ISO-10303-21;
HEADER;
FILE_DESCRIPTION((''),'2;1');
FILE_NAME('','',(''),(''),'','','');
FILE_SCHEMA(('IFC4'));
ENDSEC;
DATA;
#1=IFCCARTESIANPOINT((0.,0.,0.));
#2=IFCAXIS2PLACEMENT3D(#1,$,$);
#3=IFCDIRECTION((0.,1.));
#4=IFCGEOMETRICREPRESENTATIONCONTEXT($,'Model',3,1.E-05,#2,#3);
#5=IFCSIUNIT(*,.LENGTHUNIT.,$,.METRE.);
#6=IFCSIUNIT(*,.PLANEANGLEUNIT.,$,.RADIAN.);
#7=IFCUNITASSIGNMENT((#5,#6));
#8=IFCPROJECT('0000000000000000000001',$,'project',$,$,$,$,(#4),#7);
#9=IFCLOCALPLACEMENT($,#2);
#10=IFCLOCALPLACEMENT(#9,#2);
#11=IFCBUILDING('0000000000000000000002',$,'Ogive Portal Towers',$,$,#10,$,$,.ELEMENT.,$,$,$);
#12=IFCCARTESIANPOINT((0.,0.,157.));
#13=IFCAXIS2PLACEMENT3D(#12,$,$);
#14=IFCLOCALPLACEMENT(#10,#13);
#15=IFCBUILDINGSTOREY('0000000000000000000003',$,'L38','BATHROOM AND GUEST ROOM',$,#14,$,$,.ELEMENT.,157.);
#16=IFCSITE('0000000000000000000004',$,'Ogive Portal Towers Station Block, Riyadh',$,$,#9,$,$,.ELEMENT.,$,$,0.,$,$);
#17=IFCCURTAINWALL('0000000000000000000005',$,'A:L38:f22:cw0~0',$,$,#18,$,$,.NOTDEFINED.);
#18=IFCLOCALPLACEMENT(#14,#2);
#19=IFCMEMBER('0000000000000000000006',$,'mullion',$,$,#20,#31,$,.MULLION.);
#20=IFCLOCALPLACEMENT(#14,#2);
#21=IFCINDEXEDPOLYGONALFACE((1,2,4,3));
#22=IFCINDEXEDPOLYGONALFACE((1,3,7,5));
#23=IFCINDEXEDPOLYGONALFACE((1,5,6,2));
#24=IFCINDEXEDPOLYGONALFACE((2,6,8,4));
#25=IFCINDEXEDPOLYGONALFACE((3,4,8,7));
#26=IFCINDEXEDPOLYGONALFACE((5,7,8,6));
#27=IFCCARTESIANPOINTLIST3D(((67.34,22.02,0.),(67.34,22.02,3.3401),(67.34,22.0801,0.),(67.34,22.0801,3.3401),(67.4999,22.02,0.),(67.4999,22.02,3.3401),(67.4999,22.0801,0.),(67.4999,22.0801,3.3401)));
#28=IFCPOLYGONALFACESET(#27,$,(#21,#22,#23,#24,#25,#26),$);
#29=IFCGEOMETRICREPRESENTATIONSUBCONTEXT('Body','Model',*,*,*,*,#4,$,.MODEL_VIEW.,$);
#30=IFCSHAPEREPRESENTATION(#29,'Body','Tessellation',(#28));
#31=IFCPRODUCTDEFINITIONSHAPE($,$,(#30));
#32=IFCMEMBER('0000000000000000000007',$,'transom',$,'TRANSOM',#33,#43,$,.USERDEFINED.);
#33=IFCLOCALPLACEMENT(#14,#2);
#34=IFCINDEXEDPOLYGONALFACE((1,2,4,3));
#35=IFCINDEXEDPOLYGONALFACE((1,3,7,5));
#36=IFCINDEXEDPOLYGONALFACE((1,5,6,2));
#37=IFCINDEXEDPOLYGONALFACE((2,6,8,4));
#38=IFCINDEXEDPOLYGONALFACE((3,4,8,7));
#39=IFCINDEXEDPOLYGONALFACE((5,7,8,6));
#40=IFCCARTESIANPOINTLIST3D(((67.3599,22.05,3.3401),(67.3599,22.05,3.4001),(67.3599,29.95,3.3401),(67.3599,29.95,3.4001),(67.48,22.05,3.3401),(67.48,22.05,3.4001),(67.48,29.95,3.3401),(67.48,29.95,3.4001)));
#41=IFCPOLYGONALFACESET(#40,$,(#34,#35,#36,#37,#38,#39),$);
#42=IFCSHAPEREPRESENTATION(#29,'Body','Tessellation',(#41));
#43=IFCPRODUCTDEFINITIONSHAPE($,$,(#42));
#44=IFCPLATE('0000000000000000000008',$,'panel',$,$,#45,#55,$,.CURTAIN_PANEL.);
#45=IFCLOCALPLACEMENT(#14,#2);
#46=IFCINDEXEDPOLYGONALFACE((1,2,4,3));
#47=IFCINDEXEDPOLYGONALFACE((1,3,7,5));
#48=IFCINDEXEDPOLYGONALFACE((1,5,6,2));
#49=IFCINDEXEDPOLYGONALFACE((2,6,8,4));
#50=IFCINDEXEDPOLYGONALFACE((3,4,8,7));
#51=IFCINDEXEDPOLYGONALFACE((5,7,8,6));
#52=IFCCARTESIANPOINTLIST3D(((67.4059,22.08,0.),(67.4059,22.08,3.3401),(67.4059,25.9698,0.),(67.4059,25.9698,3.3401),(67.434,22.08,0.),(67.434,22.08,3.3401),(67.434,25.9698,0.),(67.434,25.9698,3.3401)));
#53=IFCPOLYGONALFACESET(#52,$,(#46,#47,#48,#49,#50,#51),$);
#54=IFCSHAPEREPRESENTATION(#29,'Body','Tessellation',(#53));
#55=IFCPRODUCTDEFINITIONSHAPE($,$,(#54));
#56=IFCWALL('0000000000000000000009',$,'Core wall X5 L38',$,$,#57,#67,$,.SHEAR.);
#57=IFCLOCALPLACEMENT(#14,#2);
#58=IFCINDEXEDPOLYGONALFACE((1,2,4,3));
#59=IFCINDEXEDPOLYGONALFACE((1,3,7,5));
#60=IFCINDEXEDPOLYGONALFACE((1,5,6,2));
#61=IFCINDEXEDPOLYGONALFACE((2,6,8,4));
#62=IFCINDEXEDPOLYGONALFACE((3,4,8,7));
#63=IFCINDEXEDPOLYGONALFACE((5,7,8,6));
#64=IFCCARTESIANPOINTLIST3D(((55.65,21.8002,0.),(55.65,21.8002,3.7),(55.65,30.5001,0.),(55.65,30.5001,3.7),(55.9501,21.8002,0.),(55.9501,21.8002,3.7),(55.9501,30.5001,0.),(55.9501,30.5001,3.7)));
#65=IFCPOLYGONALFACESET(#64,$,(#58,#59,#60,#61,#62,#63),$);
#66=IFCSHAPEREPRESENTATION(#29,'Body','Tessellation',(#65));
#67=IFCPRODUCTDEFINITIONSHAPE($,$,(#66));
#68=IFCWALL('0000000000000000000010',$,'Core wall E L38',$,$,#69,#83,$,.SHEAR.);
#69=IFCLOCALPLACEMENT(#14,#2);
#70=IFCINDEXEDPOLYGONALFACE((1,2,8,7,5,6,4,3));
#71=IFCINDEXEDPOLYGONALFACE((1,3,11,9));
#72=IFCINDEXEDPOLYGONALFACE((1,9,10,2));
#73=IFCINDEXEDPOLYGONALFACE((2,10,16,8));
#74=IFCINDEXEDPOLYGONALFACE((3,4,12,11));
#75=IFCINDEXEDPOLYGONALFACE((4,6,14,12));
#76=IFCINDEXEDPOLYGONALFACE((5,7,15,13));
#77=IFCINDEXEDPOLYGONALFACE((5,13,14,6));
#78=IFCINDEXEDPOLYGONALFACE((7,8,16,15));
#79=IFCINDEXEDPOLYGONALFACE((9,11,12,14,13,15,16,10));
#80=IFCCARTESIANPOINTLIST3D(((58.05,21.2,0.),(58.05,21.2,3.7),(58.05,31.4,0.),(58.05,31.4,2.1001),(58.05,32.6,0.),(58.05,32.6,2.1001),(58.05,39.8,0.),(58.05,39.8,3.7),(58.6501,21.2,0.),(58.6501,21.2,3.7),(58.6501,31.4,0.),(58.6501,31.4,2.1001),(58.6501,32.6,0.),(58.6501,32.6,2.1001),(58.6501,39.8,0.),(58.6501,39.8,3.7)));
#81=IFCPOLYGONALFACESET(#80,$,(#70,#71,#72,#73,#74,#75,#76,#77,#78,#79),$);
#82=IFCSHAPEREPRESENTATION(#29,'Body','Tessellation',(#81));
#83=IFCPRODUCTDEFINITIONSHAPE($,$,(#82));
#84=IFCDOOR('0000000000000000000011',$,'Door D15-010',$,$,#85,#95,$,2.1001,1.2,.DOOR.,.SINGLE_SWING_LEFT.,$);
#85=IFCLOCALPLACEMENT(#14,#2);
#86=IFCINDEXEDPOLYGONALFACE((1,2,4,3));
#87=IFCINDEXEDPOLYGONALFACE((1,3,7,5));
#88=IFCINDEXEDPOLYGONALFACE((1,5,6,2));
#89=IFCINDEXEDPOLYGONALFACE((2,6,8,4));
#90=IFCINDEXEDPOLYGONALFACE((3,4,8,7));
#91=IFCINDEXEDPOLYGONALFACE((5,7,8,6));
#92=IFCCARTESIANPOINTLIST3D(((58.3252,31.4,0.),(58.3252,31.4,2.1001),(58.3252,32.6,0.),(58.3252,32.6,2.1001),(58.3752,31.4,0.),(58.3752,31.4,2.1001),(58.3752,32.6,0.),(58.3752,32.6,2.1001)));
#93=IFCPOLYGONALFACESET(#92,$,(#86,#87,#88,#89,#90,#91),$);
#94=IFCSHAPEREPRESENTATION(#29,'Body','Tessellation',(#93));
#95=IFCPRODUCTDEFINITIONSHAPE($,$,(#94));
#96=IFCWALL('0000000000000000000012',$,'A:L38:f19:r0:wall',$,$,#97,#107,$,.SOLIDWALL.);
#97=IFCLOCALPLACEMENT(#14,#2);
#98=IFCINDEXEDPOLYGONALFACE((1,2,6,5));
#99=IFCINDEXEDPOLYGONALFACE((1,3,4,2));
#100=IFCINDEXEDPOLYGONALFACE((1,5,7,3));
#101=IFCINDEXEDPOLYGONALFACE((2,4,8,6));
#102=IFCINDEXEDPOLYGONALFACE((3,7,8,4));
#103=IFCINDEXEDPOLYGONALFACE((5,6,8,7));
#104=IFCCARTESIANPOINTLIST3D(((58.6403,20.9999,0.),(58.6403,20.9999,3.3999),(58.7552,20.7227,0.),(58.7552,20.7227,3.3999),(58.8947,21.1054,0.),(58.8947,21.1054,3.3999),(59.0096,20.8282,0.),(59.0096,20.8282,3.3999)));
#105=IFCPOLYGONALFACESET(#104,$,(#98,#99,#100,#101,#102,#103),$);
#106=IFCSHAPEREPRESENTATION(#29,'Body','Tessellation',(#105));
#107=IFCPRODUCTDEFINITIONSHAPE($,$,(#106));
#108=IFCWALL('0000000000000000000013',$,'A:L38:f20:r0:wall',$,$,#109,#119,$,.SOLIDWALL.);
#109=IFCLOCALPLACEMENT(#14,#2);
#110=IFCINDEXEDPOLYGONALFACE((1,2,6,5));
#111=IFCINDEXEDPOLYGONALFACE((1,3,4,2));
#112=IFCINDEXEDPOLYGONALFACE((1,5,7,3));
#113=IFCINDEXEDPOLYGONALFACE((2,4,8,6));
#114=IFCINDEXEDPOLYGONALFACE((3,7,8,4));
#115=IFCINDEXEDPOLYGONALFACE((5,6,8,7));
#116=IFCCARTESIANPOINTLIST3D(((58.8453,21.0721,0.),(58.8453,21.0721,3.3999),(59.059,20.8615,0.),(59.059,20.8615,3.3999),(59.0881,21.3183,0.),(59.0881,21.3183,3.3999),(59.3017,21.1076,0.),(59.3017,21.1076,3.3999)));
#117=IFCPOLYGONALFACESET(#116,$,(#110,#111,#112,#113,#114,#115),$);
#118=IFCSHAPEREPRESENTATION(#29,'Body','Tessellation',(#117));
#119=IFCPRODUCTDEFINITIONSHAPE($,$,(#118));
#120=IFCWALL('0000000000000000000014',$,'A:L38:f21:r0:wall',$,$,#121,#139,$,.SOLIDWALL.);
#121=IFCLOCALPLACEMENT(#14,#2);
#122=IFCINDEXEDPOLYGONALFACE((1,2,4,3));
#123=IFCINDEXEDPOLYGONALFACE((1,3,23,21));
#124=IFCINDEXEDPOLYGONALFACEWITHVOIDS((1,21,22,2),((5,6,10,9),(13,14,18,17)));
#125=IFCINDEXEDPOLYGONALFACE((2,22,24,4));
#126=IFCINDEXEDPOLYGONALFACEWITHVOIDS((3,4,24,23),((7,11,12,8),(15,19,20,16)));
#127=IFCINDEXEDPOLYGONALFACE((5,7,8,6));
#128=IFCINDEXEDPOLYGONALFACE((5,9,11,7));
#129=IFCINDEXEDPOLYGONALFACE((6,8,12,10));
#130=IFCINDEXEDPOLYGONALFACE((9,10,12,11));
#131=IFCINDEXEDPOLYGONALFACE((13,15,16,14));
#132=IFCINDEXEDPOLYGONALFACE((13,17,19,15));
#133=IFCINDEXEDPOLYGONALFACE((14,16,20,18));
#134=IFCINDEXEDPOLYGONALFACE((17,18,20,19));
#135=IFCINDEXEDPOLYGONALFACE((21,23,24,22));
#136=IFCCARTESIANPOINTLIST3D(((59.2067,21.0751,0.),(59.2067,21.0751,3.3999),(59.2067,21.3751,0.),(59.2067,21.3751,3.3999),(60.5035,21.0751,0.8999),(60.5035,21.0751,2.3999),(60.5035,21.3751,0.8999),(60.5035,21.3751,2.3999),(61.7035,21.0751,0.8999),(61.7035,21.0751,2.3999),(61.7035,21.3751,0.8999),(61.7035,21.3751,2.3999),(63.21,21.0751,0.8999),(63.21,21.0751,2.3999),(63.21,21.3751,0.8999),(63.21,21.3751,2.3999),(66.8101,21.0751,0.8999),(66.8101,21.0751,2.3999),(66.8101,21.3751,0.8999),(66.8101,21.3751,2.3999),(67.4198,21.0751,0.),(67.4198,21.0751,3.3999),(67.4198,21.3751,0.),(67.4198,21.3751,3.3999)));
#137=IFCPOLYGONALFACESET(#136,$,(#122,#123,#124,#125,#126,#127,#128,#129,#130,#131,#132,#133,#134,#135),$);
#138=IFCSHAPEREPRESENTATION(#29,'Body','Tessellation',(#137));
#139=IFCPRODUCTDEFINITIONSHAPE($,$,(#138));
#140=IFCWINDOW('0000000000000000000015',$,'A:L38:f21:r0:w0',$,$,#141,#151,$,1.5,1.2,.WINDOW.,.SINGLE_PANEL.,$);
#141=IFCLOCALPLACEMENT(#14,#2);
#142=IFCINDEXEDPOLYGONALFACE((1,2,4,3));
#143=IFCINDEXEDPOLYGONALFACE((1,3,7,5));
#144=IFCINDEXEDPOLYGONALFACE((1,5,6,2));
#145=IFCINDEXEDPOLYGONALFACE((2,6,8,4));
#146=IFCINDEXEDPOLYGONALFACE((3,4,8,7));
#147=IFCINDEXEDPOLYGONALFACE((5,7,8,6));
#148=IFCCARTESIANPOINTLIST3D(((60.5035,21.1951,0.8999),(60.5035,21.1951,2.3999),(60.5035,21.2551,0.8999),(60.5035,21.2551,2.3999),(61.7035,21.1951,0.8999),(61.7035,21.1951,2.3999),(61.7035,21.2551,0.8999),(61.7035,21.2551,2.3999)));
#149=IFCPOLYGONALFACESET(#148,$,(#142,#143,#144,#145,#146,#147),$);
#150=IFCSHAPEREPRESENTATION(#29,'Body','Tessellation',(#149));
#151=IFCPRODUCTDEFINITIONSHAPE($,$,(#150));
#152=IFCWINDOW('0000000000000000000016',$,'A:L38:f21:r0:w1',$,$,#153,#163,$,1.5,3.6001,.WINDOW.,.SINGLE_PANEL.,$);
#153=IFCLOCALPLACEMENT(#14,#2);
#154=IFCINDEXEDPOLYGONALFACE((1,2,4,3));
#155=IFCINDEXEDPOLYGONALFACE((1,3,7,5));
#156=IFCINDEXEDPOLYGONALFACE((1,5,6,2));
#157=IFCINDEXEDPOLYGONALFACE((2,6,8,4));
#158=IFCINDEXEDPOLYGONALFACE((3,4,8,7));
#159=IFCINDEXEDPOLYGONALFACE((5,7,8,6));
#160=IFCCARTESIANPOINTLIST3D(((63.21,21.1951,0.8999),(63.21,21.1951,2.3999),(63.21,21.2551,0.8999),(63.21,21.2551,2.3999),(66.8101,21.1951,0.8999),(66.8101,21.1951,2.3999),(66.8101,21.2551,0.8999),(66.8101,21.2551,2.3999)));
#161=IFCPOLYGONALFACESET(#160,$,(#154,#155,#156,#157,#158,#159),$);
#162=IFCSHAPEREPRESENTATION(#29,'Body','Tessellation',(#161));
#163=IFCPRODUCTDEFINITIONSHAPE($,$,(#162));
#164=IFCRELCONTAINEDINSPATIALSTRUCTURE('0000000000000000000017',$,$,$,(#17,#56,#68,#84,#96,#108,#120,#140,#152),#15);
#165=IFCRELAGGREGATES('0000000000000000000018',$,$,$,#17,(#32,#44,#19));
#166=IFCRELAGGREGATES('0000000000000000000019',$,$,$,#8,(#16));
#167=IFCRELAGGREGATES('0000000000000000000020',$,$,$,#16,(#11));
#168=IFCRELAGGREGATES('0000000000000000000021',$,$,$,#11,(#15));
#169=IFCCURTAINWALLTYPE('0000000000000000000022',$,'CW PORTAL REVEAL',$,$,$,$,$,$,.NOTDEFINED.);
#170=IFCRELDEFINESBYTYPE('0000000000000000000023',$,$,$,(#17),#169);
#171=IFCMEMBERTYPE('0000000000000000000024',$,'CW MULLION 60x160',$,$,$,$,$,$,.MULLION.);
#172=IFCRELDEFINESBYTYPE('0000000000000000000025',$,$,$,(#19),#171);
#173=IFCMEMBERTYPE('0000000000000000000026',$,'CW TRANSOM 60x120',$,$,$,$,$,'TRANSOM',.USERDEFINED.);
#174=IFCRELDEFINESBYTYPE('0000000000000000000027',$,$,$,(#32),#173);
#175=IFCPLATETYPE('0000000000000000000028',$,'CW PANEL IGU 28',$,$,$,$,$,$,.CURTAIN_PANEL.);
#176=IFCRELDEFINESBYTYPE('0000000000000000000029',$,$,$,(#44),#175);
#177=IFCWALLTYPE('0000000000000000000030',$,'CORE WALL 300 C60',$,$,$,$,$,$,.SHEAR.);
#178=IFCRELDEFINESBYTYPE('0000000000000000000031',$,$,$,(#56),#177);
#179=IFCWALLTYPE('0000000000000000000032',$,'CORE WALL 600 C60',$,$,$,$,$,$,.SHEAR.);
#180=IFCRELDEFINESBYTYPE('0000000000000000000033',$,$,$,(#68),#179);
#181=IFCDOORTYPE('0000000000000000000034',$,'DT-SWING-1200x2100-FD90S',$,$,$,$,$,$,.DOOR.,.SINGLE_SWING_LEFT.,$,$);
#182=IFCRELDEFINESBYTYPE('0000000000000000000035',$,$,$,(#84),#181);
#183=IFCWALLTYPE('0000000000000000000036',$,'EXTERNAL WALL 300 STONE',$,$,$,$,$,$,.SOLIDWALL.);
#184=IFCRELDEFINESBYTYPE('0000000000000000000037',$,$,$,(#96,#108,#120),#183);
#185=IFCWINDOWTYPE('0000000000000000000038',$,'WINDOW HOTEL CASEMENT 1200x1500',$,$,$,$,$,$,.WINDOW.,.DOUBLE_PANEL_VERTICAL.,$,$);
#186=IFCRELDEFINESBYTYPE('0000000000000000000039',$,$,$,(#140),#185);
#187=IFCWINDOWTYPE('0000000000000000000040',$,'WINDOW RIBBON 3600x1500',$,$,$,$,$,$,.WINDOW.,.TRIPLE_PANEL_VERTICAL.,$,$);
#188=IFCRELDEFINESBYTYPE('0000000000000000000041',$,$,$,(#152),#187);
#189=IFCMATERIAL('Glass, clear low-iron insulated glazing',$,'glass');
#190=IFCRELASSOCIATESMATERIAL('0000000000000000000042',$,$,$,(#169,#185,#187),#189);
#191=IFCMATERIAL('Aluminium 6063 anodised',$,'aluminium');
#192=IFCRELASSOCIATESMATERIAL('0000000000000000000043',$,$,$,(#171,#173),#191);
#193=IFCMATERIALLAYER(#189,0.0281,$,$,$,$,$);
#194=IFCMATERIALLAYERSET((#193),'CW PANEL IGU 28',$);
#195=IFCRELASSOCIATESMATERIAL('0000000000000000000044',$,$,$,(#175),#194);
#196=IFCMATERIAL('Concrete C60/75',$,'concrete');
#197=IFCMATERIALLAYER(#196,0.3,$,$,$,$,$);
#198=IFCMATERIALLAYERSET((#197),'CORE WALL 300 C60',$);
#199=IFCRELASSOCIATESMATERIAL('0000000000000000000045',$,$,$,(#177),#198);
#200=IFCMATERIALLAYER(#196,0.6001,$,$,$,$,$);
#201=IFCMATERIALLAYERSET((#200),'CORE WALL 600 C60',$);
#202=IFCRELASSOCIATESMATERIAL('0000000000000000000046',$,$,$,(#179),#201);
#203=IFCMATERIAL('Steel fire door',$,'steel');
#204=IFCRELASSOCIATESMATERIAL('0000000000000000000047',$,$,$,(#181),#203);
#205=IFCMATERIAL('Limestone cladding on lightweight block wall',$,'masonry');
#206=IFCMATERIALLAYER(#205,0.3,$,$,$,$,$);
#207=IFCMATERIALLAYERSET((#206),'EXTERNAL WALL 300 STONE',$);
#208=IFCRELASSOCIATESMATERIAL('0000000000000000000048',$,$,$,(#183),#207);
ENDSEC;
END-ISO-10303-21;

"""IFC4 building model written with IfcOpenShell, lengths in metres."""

from ifc_helpers import new_model, si_unit, direction, frame, frame_2d, origin, origin_2d, place, context, subcontext, project, spatial, rectangle, extrude, material, layer, layer_set, material_profile, profile_set, type_object, element, fill, aggregate, save


model = new_model("IFC4")

# Units and contexts
model_context = context("Model", 3, precision=1e-05, world=origin(), true_north=direction((0.0, 1.0)))
body_context = subcontext(model_context, "Body", "Model", "MODEL_VIEW")
ifc_project = project(units=[si_unit("LENGTHUNIT", "METRE"), si_unit("PLANEANGLEUNIT", "RADIAN")], contexts=[model_context])

# Site, building, storey
site_placement = place(None, origin())
site = spatial("IfcSite", under=ifc_project, at=site_placement, Name="Ogive Portal Towers Station Block, Riyadh", CompositionType="ELEMENT", RefElevation=0.0)
building_placement = place(site_placement, origin())
building = spatial("IfcBuilding", under=site, at=building_placement, Name="Ogive Portal Towers", CompositionType="ELEMENT")
storey_placement = place(building_placement, frame((0.0, 0.0, 157.0)))
storey = spatial("IfcBuildingStorey", under=building, at=storey_placement, Name="L38", Description="BATHROOM AND GUEST ROOM", CompositionType="ELEMENT", Elevation=157.0)

# Curtain wall, members, plate
ifc_material_1 = material(Name="Glass, clear low-iron insulated glazing", Category="glass")
curtain_wall_type = type_object("IfcCurtainWallType", Name="CW PORTAL REVEAL", PredefinedType="NOTDEFINED", material=ifc_material_1)
curtain_wall_placement = place(storey_placement, origin())
curtain_wall = element("IfcCurtainWall", 1, at=curtain_wall_placement, inside=storey, type_object=curtain_wall_type, Name="A:L38:f22:cw0~0", PredefinedType="NOTDEFINED")
ifc_material_2 = material(Name="Aluminium 6063 anodised", Category="aluminium")
ifc_material_profile_1 = material_profile(ifc_material_2, rectangle(XDim=0.1599, YDim=0.0601, at=origin_2d()), Name="AL 60x160")
ifc_profile_set_1 = profile_set([ifc_material_profile_1], Name="Aluminium 6063 anodised")
member_type_1 = type_object("IfcMemberType", Name="CW MULLION 60x160", PredefinedType="MULLION", material=ifc_profile_set_1)
member_1_placement = place(storey_placement, frame((67.4199, 22.05, 0.0), z_axis=(0.0, 0.0, 1.0), x_axis=(-1.0, 0.0, 0.0)))
member_1 = element("IfcMember", 2, at=member_1_placement, type_object=member_type_1, Name="mullion", PredefinedType="MULLION", context=body_context, shape_type="SweptSolid", body=[
    extrude(rectangle(XDim=0.1599, YDim=0.0601, at=origin_2d()), origin(), (0.0, 0.0, 1.0), 3.3401),
])
ifc_material_profile_2 = material_profile(ifc_material_2, rectangle(XDim=0.1201, YDim=0.0601, at=origin_2d()), Name="AL 120x60")
ifc_profile_set_2 = profile_set([ifc_material_profile_2], Name="Aluminium 6063 anodised")
member_type_2 = type_object("IfcMemberType", Name="CW TRANSOM 60x120", ElementType="TRANSOM", PredefinedType="USERDEFINED", material=ifc_profile_set_2)
member_2_placement = place(storey_placement, frame((67.4199, 22.05, 3.3701), z_axis=(0.0, 1.0, 0.0), x_axis=(-1.0, 0.0, 0.0)))
member_2 = element("IfcMember", 3, at=member_2_placement, type_object=member_type_2, Name="transom", ObjectType="TRANSOM", PredefinedType="USERDEFINED", context=body_context, shape_type="SweptSolid", body=[
    extrude(rectangle(XDim=0.1201, YDim=0.0601, at=origin_2d()), origin(), (0.0, 0.0, 1.0), 7.8999),
])
ifc_layer_1 = layer(ifc_material_1, 0.0281)
ifc_layer_set_1 = layer_set([ifc_layer_1], Name="CW PANEL IGU 28")
plate_type = type_object("IfcPlateType", Name="CW PANEL IGU 28", PredefinedType="CURTAIN_PANEL", material=ifc_layer_set_1)
plate_placement = place(storey_placement, frame((67.4199, 24.0249, 0.0), z_axis=(0.0, 0.0, 1.0), x_axis=(0.0, 1.0, 0.0)))
plate = element("IfcPlate", 4, at=plate_placement, type_object=plate_type, Name="panel", PredefinedType="CURTAIN_PANEL", context=body_context, shape_type="SweptSolid", body=[
    extrude(rectangle(XDim=3.8899, YDim=0.0281, at=origin_2d()), origin(), (0.0, 0.0, 1.0), 3.3401),
])
aggregate(curtain_wall, [member_2, plate, member_1])

# Wall
ifc_material_3 = material(Name="Concrete C60/75", Category="concrete")
ifc_layer_2 = layer(ifc_material_3, 0.3)
ifc_layer_set_2 = layer_set([ifc_layer_2], Name="CORE WALL 300 C60")
wall_type_1 = type_object("IfcWallType", Name="CORE WALL 300 C60", PredefinedType="SHEAR", material=ifc_layer_set_2)
wall_1_placement = place(storey_placement, frame((55.8, 21.8, 0.0), z_axis=(0.0, 0.0, 1.0), x_axis=(0.0, 1.0, 0.0)))
element("IfcWall", 5, at=wall_1_placement, inside=storey, type_object=wall_type_1, Name="Core wall X5 L38", PredefinedType="SHEAR", context=body_context, shape_type="SweptSolid", body=[
    extrude(rectangle(XDim=8.7, YDim=0.3, at=frame_2d((4.3501, 0.0))), origin(), (0.0, 0.0, 1.0), 3.7),
])

# Wall, opening, door
ifc_layer_3 = layer(ifc_material_3, 0.6001)
ifc_layer_set_3 = layer_set([ifc_layer_3], Name="CORE WALL 600 C60")
wall_type_2 = type_object("IfcWallType", Name="CORE WALL 600 C60", PredefinedType="SHEAR", material=ifc_layer_set_3)
wall_2_placement = place(storey_placement, frame((58.3501, 21.2, 0.0), z_axis=(0.0, 0.0, 1.0), x_axis=(0.0, 1.0, 0.0)))
wall_2 = element("IfcWall", 6, at=wall_2_placement, inside=storey, type_object=wall_type_2, Name="Core wall E L38", PredefinedType="SHEAR", context=body_context, shape_type="SweptSolid", body=[
    extrude(rectangle(XDim=18.6001, YDim=0.6001, at=frame_2d((9.3, 0.0))), origin(), (0.0, 0.0, 1.0), 3.7),
])
opening_1_placement = place(wall_2_placement, frame((10.2, 0.0, 0.0)))
opening_1 = element("IfcOpeningElement", 7, at=opening_1_placement, cuts=wall_2, PredefinedType="OPENING", context=body_context, shape_type="SweptSolid", body=[
    extrude(rectangle(XDim=1.2, YDim=2.1001, at=frame_2d((0.6001, 1.05))), frame((0.0, 0.3101, 0.0), z_axis=(0.0, -1.0, 0.0), x_axis=(1.0, 0.0, 0.0)), (0.0, 0.0, 1.0), 0.6201),
])
ifc_material_4 = material(Name="Steel fire door", Category="steel")
door_type_1 = type_object("IfcDoorType", Name="DT-SWING-1200x2100-FD90S", OperationType="SINGLE_SWING_LEFT", PredefinedType="DOOR", material=ifc_material_4)
door_1_placement = place(opening_1_placement, origin())
door_1 = element("IfcDoor", 8, at=door_1_placement, inside=storey, type_object=door_type_1, Name="Door D15-010", OperationType="SINGLE_SWING_LEFT", OverallHeight=2.1001, OverallWidth=1.2, PredefinedType="DOOR", context=body_context, shape_type="SweptSolid", body=[
    extrude(rectangle(XDim=1.2, YDim=2.1001, at=frame_2d((0.6001, 1.05))), frame((0.0, 0.0249, 0.0), z_axis=(0.0, -1.0, 0.0), x_axis=(1.0, 0.0, 0.0)), (0.0, 0.0, 1.0), 0.05),
])
fill(opening_1, door_1)

# Walls
ifc_material_5 = material(Name="Limestone cladding on lightweight block wall", Category="masonry")
ifc_layer_4 = layer(ifc_material_5, 0.3)
ifc_layer_set_4 = layer_set([ifc_layer_4], Name="EXTERNAL WALL 300 STONE")
wall_type_3 = type_object("IfcWallType", Name="EXTERNAL WALL 300 STONE", PredefinedType="SOLIDWALL", material=ifc_layer_set_4)
wall_3_placement = place(storey_placement, frame((58.6978, 20.8613, 0.0), z_axis=(0.0, 0.0, 1.0), x_axis=(0.923757, 0.382978, 0.0)))
element("IfcWall", 9, at=wall_3_placement, inside=storey, type_object=wall_type_3, Name="A:L38:f19:r0:wall", PredefinedType="SOLIDWALL", context=body_context, shape_type="SweptSolid", body=[
    extrude(rectangle(XDim=0.2754, YDim=0.3, at=frame_2d((0.1377, 0.0))), origin(), (0.0, 0.0, 1.0), 3.3999),
])
wall_4_placement = place(storey_placement, frame((58.9521, 20.9668, 0.0), z_axis=(0.0, 0.0, 1.0), x_axis=(0.702145, 0.712034, 0.0)))
element("IfcWall", 10, at=wall_4_placement, inside=storey, type_object=wall_type_3, Name="A:L38:f20:r0:wall", PredefinedType="SOLIDWALL", context=body_context, shape_type="SweptSolid", body=[
    extrude(rectangle(XDim=0.3457, YDim=0.3, at=frame_2d((0.1729, 0.0))), origin(), (0.0, 0.0, 1.0), 3.3999),
])

# Wall, openings, windows
wall_5_placement = place(storey_placement, frame((59.2068, 21.2251, 0.0), z_axis=(0.0, 0.0, 1.0), x_axis=(1.0, 0.0, 0.0)))
wall_5 = element("IfcWall", 11, at=wall_5_placement, inside=storey, type_object=wall_type_3, Name="A:L38:f21:r0:wall", PredefinedType="SOLIDWALL", context=body_context, shape_type="SweptSolid", body=[
    extrude(rectangle(XDim=8.2131, YDim=0.3, at=frame_2d((4.1064, 0.0))), origin(), (0.0, 0.0, 1.0), 3.3999),
])
opening_2_placement = place(wall_5_placement, frame((1.2966, 0.0, 0.8999)))
opening_2 = element("IfcOpeningElement", 12, at=opening_2_placement, cuts=wall_5, PredefinedType="OPENING", context=body_context, shape_type="SweptSolid", body=[
    extrude(rectangle(XDim=1.2, YDim=1.5, at=frame_2d((0.6001, 0.75))), frame((0.0, 0.1602, 0.0), z_axis=(0.0, -1.0, 0.0), x_axis=(1.0, 0.0, 0.0)), (0.0, 0.0, 1.0), 0.3201),
])
opening_3_placement = place(wall_5_placement, frame((4.0032, 0.0, 0.8999)))
opening_3 = element("IfcOpeningElement", 13, at=opening_3_placement, cuts=wall_5, PredefinedType="OPENING", context=body_context, shape_type="SweptSolid", body=[
    extrude(rectangle(XDim=3.6001, YDim=1.5, at=frame_2d((1.8, 0.75))), frame((0.0, 0.1602, 0.0), z_axis=(0.0, -1.0, 0.0), x_axis=(1.0, 0.0, 0.0)), (0.0, 0.0, 1.0), 0.3201),
])
window_type_1 = type_object("IfcWindowType", Name="WINDOW HOTEL CASEMENT 1200x1500", PartitioningType="DOUBLE_PANEL_VERTICAL", PredefinedType="WINDOW", material=ifc_material_1)
window_1_placement = place(opening_2_placement, origin())
window_1 = element("IfcWindow", 14, at=window_1_placement, inside=storey, type_object=window_type_1, Name="A:L38:f21:r0:w0", OverallHeight=1.5, OverallWidth=1.2, PartitioningType="SINGLE_PANEL", PredefinedType="WINDOW", context=body_context, shape_type="SweptSolid", body=[
    extrude(rectangle(XDim=1.2, YDim=1.5, at=frame_2d((0.6001, 0.75))), frame((0.0, 0.03, 0.0), z_axis=(0.0, -1.0, 0.0), x_axis=(1.0, 0.0, 0.0)), (0.0, 0.0, 1.0), 0.0601),
])
fill(opening_2, window_1)
window_type_2 = type_object("IfcWindowType", Name="WINDOW RIBBON 3600x1500", PartitioningType="TRIPLE_PANEL_VERTICAL", PredefinedType="WINDOW", material=ifc_material_1)
window_2_placement = place(opening_3_placement, origin())
window_2 = element("IfcWindow", 15, at=window_2_placement, inside=storey, type_object=window_type_2, Name="A:L38:f21:r0:w1", OverallHeight=1.5, OverallWidth=3.6001, PartitioningType="SINGLE_PANEL", PredefinedType="WINDOW", context=body_context, shape_type="SweptSolid", body=[
    extrude(rectangle(XDim=3.6001, YDim=1.5, at=frame_2d((1.8, 0.75))), frame((0.0, 0.03, 0.0), z_axis=(0.0, -1.0, 0.0), x_axis=(1.0, 0.0, 0.0)), (0.0, 0.0, 1.0), 0.0601),
])
fill(opening_3, window_2)

save(model, "model.ifc")
